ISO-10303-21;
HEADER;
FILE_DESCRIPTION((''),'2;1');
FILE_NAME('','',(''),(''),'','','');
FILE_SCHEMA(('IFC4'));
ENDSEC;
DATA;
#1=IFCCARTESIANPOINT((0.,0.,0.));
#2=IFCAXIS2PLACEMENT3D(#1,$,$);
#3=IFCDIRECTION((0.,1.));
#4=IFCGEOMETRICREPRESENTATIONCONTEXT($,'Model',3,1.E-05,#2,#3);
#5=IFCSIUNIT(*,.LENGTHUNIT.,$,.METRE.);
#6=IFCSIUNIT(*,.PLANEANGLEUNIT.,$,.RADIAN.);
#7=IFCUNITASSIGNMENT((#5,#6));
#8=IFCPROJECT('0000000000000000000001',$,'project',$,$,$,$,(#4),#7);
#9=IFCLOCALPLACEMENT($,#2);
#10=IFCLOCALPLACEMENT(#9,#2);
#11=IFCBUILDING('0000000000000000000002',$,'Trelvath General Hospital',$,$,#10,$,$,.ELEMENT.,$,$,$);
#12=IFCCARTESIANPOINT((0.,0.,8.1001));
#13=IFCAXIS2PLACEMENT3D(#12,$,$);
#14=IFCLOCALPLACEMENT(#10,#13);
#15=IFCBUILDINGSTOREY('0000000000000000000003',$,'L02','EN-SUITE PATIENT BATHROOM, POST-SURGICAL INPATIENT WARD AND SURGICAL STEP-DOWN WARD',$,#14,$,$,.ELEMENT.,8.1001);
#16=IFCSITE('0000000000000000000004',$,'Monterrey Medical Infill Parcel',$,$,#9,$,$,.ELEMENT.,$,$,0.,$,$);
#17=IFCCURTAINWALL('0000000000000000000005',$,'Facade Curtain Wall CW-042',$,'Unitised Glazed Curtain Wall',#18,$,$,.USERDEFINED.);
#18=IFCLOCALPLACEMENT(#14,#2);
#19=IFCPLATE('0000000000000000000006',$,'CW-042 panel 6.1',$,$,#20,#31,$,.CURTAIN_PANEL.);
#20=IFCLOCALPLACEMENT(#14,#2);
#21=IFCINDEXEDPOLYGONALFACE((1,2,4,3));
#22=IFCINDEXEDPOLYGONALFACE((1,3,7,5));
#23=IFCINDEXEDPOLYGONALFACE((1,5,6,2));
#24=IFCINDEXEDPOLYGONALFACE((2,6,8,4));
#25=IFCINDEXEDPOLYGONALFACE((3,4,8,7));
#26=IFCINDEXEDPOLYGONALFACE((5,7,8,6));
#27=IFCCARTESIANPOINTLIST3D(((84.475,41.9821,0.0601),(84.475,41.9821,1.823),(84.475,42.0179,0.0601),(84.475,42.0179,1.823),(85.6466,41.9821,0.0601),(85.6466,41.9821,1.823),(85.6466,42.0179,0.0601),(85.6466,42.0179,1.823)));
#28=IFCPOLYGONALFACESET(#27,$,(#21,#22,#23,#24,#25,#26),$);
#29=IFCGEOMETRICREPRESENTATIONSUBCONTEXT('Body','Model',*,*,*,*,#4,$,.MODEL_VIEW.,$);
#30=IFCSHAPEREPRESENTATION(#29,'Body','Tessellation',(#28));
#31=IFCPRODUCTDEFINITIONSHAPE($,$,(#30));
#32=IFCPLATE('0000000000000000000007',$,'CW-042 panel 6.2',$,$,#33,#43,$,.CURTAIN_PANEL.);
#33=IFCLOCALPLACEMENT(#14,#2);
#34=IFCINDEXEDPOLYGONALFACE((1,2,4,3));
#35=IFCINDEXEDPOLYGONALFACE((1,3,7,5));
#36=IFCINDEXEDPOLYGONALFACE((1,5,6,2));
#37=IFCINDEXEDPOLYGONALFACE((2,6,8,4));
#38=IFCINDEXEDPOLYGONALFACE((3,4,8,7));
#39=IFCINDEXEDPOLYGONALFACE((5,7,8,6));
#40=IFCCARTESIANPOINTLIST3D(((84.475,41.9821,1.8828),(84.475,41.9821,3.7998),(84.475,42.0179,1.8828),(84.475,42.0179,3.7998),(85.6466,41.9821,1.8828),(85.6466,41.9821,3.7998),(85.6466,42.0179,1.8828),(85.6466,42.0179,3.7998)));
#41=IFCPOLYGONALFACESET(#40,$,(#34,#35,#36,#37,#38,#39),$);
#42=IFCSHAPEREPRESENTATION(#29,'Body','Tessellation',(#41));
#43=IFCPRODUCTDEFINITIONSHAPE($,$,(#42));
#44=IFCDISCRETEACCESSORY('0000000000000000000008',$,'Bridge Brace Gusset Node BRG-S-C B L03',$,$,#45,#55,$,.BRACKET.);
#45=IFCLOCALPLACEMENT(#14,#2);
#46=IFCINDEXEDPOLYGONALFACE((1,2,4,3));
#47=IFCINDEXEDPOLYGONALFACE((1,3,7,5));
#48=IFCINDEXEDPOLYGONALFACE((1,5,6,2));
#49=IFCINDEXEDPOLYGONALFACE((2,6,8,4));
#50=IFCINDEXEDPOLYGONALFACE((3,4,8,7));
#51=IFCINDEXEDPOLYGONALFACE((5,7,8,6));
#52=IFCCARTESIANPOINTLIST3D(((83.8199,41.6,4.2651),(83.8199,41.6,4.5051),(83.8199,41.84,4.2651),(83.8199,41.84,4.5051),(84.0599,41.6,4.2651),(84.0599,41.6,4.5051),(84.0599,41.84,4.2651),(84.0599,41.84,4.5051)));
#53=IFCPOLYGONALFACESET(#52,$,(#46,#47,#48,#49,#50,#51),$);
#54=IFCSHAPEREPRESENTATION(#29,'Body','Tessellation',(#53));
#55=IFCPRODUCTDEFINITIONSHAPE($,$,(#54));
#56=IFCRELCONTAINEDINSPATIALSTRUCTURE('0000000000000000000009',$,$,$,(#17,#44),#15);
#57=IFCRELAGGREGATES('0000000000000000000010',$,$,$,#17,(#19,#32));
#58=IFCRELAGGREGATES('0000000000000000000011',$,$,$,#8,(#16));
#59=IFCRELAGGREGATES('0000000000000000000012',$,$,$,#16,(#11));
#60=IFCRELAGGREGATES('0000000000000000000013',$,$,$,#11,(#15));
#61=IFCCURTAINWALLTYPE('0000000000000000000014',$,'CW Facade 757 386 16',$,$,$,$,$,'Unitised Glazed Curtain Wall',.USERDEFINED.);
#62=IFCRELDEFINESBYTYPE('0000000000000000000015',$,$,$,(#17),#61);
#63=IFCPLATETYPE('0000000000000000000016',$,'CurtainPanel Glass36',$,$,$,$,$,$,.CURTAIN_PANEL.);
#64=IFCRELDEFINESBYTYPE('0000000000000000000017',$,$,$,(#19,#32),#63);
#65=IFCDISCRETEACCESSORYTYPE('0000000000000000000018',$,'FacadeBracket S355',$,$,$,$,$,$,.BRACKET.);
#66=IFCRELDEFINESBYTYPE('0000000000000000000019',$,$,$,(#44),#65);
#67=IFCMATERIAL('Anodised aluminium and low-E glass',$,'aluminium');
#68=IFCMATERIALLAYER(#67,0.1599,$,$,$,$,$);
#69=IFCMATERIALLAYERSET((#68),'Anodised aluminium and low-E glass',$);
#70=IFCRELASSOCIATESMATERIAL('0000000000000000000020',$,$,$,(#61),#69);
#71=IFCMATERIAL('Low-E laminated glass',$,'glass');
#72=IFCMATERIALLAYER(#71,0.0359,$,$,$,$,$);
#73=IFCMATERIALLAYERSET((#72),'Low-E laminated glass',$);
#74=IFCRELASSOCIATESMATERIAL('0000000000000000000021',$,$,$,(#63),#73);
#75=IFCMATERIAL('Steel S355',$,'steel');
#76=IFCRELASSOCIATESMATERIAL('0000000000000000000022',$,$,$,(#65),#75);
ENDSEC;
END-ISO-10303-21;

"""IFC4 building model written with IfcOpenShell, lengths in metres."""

from ifc_helpers import new_model, si_unit, direction, frame, origin, origin_2d, place, context, subcontext, project, spatial, rectangle, extrude, material, layer, layer_set, type_object, element, aggregate, save


model = new_model("IFC4")

# Units and contexts
model_context = context("Model", 3, precision=1e-05, world=origin(), true_north=direction((0.0, 1.0)))
body_context = subcontext(model_context, "Body", "Model", "MODEL_VIEW")
ifc_project = project(units=[si_unit("LENGTHUNIT", "METRE"), si_unit("PLANEANGLEUNIT", "RADIAN")], contexts=[model_context])

# Site, building, storey
site_placement = place(None, origin())
site = spatial("IfcSite", under=ifc_project, at=site_placement, Name="Monterrey Medical Infill Parcel", CompositionType="ELEMENT", RefElevation=0.0)
building_placement = place(site_placement, origin())
building = spatial("IfcBuilding", under=site, at=building_placement, Name="Trelvath General Hospital", CompositionType="ELEMENT")
storey_placement = place(building_placement, frame((0.0, 0.0, 8.1001)))
storey = spatial("IfcBuildingStorey", under=building, at=storey_placement, Name="L02", Description="EN-SUITE PATIENT BATHROOM, POST-SURGICAL INPATIENT WARD AND SURGICAL STEP-DOWN WARD", CompositionType="ELEMENT", Elevation=8.1001)

# Curtain wall
ifc_material_1 = material(Name="Anodised aluminium and low-E glass", Category="aluminium")
ifc_layer_1 = layer(ifc_material_1, 0.1599)
ifc_layer_set_1 = layer_set([ifc_layer_1], Name="Anodised aluminium and low-E glass")
curtain_wall_type_1 = type_object("IfcCurtainWallType", Name="CW Facade 757 386 16", ElementType="Unitised Glazed Curtain Wall", PredefinedType="USERDEFINED", material=ifc_layer_set_1)
curtain_wall_1_placement = place(storey_placement, origin())
curtain_wall_1 = element("IfcCurtainWall", 1, at=curtain_wall_1_placement, inside=storey, type_object=curtain_wall_type_1, Name="Facade Curtain Wall CW-042", ObjectType="Unitised Glazed Curtain Wall", PredefinedType="USERDEFINED")

# Plates
ifc_material_2 = material(Name="Low-E laminated glass", Category="glass")
ifc_layer_2 = layer(ifc_material_2, 0.0359)
ifc_layer_set_2 = layer_set([ifc_layer_2], Name="Low-E laminated glass")
plate_type_1 = type_object("IfcPlateType", Name="CurtainPanel Glass36", PredefinedType="CURTAIN_PANEL", material=ifc_layer_set_2)
plate_1_placement = place(storey_placement, frame((85.0608, 42.0, 0.0601), z_axis=(0.0, 0.0, 1.0), x_axis=(-1.0, 0.0, 0.0)))
plate_1 = element("IfcPlate", 2, at=plate_1_placement, type_object=plate_type_1, Name="CW-042 panel 6.1", PredefinedType="CURTAIN_PANEL", context=body_context, shape_type="SweptSolid", body=[
    extrude(rectangle(XDim=1.1716, YDim=0.0359, at=origin_2d()), origin(), (0.0, 0.0, 1.0), 1.7629),
])
plate_2_placement = place(storey_placement, frame((85.0608, 42.0, 1.8828), z_axis=(0.0, 0.0, 1.0), x_axis=(-1.0, 0.0, 0.0)))
plate_2 = element("IfcPlate", 3, at=plate_2_placement, type_object=plate_type_1, Name="CW-042 panel 6.2", PredefinedType="CURTAIN_PANEL", context=body_context, shape_type="SweptSolid", body=[
    extrude(rectangle(XDim=1.1716, YDim=0.0359, at=origin_2d()), origin(), (0.0, 0.0, 1.0), 1.917),
])
aggregate(curtain_wall_1, [plate_1, plate_2])

# Discrete accessory
ifc_material_3 = material(Name="Steel S355", Category="steel")
discrete_accessory_type = type_object("IfcDiscreteAccessoryType", Name="FacadeBracket S355", PredefinedType="BRACKET", material=ifc_material_3)
discrete_accessory_placement = place(storey_placement, frame((83.9399, 41.72, 4.2651), z_axis=(0.0, 0.0, 1.0), x_axis=(1.0, 0.0, 0.0)))
element("IfcDiscreteAccessory", 4, at=discrete_accessory_placement, inside=storey, type_object=discrete_accessory_type, Name="Bridge Brace Gusset Node BRG-S-C B L03", PredefinedType="BRACKET", context=body_context, shape_type="SweptSolid", body=[
    extrude(rectangle(XDim=0.24, YDim=0.24, at=origin_2d()), origin(), (0.0, 0.0, 1.0), 0.24),
])

save(model, "model.ifc")
